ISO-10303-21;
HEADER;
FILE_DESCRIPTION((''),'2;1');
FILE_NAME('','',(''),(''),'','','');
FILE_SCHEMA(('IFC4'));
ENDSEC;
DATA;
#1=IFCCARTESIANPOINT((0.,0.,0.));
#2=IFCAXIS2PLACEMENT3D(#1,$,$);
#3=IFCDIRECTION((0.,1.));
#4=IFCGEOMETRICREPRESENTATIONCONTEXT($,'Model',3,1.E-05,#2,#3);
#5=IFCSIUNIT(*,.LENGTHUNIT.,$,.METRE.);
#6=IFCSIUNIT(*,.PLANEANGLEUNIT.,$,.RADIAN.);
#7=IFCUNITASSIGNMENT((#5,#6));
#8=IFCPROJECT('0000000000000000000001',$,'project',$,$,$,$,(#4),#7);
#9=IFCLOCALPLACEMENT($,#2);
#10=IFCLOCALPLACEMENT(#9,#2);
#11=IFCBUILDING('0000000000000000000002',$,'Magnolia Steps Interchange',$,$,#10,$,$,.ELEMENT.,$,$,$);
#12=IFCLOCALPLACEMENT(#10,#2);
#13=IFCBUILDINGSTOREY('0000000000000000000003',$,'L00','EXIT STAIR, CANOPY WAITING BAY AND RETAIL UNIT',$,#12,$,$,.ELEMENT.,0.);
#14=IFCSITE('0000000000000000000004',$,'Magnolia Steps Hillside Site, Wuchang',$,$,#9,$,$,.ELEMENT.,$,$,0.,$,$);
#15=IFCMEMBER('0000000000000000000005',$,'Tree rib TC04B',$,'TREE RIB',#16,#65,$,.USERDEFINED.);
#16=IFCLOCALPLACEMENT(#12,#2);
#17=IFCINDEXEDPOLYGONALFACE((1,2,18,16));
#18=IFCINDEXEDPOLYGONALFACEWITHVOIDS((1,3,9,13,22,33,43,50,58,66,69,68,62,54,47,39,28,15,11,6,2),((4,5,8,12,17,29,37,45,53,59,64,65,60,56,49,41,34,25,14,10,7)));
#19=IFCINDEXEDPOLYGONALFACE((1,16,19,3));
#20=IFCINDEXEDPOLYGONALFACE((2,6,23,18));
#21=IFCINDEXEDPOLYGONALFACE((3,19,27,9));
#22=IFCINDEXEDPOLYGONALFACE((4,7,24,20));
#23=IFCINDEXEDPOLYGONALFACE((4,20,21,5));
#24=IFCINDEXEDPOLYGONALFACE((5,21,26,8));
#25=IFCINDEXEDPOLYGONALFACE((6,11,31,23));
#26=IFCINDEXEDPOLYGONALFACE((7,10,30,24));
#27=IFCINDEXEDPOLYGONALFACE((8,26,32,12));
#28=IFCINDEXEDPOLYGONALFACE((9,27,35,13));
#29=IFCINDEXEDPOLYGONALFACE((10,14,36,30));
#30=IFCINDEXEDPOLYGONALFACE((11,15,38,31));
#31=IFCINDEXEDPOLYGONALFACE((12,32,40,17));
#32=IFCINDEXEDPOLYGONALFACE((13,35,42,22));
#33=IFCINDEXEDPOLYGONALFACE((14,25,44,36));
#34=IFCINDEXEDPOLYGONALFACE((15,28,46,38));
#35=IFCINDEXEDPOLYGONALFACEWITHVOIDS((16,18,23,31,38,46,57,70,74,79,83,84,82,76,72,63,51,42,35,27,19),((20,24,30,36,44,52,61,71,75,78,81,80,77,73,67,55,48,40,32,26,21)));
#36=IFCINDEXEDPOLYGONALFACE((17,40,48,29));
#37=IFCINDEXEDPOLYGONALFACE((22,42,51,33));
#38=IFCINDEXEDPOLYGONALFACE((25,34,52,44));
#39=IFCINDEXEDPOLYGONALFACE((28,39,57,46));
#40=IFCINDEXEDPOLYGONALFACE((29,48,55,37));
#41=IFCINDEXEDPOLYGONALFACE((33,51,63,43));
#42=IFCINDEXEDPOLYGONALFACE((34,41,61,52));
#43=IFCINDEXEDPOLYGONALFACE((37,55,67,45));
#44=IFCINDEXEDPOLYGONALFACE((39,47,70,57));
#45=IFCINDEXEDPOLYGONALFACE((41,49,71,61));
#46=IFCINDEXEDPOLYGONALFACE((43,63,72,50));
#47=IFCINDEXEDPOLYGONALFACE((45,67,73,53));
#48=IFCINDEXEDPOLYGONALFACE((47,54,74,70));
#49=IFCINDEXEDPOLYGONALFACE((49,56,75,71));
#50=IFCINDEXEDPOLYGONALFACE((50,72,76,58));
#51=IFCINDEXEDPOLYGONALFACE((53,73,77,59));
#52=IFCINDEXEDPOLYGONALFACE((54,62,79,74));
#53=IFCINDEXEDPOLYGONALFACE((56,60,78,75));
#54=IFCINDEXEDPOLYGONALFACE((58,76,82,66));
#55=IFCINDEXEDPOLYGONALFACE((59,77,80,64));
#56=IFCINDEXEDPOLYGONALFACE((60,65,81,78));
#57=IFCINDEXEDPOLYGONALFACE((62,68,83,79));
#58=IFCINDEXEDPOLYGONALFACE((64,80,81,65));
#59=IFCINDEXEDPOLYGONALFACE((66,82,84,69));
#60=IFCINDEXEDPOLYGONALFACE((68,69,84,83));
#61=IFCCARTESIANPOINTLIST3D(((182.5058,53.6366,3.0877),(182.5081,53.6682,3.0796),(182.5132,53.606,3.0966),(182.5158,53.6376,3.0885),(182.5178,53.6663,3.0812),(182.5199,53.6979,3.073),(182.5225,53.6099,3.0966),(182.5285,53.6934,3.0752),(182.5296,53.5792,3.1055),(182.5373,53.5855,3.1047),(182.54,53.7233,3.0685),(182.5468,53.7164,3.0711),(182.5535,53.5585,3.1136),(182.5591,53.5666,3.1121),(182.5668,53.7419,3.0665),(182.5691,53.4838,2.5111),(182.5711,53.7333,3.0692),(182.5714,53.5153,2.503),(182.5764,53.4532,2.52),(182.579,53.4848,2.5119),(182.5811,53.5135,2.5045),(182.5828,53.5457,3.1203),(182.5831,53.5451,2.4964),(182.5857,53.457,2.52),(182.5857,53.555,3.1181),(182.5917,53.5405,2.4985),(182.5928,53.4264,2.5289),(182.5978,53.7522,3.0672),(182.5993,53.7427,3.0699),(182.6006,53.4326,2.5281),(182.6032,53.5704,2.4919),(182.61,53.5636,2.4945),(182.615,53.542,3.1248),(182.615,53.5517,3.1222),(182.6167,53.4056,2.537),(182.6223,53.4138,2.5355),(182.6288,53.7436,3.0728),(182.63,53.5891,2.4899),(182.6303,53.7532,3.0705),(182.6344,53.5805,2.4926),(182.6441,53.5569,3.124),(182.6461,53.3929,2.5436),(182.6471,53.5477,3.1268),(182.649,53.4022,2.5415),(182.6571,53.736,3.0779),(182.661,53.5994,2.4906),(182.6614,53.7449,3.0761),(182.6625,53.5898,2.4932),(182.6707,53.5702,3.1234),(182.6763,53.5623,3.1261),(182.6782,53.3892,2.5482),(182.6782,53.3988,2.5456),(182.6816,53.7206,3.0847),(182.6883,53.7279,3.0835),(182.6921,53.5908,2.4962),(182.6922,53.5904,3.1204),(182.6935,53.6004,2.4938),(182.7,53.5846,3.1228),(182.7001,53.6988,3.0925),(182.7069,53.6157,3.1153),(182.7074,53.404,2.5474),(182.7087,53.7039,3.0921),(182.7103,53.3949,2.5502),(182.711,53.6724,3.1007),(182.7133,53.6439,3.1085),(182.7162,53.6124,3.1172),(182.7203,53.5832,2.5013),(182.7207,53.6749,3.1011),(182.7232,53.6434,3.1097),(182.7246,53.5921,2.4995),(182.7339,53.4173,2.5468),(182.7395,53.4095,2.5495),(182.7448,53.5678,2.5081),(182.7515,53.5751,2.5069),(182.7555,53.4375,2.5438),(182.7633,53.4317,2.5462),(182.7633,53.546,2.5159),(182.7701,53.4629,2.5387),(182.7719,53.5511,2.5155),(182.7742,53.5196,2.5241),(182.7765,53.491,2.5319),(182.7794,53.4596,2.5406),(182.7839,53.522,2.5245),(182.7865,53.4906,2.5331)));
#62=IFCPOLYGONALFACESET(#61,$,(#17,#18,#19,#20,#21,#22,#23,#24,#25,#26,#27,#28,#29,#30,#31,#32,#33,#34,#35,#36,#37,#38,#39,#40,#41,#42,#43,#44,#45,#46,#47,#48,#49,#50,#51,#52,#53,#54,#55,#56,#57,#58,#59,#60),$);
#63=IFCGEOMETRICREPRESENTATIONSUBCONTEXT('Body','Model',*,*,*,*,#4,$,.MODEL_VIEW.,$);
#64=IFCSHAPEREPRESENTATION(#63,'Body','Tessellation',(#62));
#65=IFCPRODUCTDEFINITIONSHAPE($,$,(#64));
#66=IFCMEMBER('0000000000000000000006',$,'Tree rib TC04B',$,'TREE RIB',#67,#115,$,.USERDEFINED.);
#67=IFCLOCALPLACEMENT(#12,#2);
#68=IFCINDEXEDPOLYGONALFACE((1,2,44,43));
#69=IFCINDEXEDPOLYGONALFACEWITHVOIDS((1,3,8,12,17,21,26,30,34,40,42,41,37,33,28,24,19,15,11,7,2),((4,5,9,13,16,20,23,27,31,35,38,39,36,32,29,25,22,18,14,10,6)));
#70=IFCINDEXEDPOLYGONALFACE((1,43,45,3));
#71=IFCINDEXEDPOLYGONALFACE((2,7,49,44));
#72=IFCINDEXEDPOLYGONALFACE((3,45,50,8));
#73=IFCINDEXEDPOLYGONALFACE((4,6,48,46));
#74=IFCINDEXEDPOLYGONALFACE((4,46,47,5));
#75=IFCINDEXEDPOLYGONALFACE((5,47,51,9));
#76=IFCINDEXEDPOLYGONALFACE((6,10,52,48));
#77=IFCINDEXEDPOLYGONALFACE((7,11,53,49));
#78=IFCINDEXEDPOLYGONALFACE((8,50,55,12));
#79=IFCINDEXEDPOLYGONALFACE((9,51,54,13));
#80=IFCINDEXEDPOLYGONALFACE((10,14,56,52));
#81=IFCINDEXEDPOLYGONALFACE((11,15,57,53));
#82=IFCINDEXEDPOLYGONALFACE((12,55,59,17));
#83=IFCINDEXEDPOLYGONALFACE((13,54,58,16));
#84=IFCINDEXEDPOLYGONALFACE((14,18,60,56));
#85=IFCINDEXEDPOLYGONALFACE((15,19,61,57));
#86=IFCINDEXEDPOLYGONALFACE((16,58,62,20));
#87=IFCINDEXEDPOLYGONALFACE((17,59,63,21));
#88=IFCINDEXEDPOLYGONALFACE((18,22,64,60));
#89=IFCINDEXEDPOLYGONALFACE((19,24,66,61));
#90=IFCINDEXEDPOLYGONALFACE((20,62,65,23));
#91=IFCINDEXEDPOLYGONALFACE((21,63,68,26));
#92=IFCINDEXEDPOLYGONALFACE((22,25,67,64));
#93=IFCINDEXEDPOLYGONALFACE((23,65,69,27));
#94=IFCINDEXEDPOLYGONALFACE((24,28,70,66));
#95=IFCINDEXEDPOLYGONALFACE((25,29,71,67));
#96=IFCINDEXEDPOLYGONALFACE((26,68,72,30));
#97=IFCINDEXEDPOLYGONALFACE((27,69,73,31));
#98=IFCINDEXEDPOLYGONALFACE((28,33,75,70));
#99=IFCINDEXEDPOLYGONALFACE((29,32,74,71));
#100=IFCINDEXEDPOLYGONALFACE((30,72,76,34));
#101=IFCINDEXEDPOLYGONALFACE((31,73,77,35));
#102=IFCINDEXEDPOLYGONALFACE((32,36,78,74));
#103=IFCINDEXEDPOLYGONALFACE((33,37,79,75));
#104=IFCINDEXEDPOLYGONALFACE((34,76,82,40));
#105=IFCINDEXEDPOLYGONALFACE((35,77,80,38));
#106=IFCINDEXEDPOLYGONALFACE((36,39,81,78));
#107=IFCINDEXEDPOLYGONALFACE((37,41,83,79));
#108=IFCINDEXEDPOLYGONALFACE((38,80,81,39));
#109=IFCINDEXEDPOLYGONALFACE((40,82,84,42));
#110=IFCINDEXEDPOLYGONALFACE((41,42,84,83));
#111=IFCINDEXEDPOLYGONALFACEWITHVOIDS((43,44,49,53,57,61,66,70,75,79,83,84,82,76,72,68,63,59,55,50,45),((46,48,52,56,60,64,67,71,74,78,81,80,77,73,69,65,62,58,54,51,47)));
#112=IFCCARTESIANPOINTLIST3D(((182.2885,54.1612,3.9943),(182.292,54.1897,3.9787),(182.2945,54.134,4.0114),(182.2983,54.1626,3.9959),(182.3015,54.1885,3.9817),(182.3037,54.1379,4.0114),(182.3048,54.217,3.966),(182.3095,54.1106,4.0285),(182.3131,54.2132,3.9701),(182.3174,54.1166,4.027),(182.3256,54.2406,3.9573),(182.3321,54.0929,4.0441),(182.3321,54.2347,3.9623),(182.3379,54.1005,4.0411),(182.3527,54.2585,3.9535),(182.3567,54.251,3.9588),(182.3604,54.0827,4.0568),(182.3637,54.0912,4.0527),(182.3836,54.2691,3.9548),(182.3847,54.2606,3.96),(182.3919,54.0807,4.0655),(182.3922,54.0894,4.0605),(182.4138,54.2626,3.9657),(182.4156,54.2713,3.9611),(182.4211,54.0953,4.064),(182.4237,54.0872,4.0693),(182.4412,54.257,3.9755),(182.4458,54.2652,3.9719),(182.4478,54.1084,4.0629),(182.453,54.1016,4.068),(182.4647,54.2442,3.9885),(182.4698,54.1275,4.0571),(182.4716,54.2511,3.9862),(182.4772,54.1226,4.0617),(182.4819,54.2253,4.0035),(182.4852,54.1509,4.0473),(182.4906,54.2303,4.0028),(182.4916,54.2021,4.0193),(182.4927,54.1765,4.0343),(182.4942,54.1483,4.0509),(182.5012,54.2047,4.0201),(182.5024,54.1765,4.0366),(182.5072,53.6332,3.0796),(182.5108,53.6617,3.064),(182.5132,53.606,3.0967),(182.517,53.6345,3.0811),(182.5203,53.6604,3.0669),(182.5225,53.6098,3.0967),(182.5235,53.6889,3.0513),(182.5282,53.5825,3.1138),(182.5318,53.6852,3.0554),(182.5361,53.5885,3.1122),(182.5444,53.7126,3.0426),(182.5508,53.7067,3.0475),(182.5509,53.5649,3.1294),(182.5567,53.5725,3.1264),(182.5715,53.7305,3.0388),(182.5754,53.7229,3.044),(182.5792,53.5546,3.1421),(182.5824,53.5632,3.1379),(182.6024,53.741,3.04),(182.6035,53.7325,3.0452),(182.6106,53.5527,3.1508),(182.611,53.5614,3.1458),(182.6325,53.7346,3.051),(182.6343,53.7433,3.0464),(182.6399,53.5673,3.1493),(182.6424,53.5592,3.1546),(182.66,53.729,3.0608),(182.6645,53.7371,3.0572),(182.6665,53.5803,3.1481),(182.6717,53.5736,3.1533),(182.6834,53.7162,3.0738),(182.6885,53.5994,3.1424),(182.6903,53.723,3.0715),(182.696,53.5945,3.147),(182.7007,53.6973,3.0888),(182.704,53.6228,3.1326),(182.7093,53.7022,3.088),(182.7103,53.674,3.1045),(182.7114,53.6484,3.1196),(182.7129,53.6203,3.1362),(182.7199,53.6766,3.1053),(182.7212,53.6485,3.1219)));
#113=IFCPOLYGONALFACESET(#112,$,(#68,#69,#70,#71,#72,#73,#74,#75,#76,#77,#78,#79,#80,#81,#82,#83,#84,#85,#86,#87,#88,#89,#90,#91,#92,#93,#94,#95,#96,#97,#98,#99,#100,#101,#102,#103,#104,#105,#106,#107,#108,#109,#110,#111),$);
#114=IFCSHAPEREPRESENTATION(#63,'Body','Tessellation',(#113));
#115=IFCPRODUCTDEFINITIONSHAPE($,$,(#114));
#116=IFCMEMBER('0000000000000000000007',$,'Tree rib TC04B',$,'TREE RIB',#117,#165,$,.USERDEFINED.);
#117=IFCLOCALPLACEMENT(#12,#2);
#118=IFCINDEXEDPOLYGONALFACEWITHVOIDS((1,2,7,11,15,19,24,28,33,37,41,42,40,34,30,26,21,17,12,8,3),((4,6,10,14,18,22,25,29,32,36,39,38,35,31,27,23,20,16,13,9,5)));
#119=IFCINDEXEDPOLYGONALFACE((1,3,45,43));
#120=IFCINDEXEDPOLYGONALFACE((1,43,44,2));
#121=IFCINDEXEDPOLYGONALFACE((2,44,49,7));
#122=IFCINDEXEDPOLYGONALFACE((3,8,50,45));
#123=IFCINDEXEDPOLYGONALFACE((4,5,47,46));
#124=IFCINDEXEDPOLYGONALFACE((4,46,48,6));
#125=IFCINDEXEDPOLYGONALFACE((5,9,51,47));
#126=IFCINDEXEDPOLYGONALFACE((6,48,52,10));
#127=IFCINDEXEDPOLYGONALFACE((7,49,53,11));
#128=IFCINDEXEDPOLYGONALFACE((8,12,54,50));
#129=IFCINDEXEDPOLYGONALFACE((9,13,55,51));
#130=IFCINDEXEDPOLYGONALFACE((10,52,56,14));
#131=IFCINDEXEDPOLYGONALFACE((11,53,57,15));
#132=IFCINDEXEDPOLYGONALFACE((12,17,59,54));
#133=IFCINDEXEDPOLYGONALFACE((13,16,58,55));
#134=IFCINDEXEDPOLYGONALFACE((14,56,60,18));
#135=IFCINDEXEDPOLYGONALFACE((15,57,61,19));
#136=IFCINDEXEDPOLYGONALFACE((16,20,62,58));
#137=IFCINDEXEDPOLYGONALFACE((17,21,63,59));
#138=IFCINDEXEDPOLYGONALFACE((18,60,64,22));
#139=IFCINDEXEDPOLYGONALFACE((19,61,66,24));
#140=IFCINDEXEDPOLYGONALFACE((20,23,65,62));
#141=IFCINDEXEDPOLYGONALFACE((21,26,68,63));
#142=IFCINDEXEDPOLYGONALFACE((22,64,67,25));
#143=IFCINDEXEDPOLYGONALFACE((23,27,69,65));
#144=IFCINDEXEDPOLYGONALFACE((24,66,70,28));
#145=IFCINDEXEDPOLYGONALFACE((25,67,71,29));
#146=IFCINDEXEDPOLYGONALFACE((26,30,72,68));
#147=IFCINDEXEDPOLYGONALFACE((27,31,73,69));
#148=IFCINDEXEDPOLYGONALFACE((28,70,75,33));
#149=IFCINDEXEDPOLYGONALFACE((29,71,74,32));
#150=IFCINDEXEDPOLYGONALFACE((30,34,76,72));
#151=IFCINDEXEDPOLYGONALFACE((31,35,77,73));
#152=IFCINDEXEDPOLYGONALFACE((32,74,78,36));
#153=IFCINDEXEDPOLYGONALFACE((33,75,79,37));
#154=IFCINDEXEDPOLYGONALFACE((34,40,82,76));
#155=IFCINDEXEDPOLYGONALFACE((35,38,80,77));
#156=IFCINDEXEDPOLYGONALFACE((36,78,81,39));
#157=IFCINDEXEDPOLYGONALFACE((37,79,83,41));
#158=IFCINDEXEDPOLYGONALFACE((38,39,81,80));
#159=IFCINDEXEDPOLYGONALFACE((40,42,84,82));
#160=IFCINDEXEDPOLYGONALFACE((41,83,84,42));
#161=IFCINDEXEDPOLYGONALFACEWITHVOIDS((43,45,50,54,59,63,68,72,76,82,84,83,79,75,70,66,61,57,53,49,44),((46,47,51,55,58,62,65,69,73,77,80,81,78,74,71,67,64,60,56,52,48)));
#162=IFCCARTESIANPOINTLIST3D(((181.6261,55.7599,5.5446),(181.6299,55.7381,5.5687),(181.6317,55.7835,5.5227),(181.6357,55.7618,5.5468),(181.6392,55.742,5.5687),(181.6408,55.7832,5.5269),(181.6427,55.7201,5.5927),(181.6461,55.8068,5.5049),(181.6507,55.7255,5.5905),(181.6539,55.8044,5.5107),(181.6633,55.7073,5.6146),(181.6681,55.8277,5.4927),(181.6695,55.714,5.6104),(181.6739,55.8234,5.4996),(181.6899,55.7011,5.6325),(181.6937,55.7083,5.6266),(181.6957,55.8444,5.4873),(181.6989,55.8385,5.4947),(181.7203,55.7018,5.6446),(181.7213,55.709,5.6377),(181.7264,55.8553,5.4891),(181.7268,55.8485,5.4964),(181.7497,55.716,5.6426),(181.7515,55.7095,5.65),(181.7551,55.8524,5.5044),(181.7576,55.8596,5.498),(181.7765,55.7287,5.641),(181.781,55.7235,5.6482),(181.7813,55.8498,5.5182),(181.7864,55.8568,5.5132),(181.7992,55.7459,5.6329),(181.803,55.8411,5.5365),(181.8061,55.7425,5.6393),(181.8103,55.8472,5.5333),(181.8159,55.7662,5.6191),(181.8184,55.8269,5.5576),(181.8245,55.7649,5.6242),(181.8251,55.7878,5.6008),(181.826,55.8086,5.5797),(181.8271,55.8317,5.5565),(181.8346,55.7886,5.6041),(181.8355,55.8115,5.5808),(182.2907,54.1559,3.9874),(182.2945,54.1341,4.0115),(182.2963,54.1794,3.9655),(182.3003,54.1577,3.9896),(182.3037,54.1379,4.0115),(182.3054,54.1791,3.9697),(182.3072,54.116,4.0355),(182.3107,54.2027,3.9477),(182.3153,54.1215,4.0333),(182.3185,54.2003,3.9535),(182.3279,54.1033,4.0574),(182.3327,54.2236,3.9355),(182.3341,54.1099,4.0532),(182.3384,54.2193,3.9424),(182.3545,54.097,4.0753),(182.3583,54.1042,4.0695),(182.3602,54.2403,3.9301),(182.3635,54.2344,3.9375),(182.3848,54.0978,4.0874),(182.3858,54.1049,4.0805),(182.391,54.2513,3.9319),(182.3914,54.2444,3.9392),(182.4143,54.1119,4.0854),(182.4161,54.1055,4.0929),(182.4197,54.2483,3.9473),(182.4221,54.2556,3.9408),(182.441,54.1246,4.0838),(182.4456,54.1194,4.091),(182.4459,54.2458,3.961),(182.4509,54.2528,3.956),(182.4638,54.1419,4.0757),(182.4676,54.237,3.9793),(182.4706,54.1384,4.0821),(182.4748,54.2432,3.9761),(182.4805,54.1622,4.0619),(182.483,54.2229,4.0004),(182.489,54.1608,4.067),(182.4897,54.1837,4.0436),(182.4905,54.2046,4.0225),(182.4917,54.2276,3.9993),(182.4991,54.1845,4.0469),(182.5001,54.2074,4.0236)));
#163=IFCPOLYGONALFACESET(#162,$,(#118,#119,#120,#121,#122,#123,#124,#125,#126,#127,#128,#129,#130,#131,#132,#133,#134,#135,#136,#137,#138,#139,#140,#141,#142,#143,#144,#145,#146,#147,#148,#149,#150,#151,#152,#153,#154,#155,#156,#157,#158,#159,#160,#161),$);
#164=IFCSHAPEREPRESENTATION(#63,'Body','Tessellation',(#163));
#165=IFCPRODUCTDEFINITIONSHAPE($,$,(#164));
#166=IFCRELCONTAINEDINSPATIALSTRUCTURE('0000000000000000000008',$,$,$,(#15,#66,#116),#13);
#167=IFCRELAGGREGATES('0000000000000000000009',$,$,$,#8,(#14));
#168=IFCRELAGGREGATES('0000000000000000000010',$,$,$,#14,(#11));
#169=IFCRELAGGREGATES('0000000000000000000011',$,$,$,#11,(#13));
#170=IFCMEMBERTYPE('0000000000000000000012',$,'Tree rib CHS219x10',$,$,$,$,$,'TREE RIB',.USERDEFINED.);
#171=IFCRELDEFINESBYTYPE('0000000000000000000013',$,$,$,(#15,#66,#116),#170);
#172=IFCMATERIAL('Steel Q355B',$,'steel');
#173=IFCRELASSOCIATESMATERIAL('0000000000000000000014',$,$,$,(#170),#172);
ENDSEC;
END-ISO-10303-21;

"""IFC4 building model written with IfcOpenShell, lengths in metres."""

from ifc_helpers import new_model, si_unit, direction, frame, origin, origin_2d, place, context, subcontext, project, spatial, hollow_circle, extrude, material, material_profile, profile_set, type_object, element, save


model = new_model("IFC4")

# Units and contexts
model_context = context("Model", 3, precision=1e-05, world=origin(), true_north=direction((0.0, 1.0)))
body_context = subcontext(model_context, "Body", "Model", "MODEL_VIEW")
ifc_project = project(units=[si_unit("LENGTHUNIT", "METRE"), si_unit("PLANEANGLEUNIT", "RADIAN")], contexts=[model_context])

# Site, building, storey
site_placement = place(None, origin())
site = spatial("IfcSite", under=ifc_project, at=site_placement, Name="Magnolia Steps Hillside Site, Wuchang", CompositionType="ELEMENT", RefElevation=0.0)
building_placement = place(site_placement, origin())
building = spatial("IfcBuilding", under=site, at=building_placement, Name="Magnolia Steps Interchange", CompositionType="ELEMENT")
storey_placement = place(building_placement, origin())
storey = spatial("IfcBuildingStorey", under=building, at=storey_placement, Name="L00", Description="EXIT STAIR, CANOPY WAITING BAY AND RETAIL UNIT", CompositionType="ELEMENT", Elevation=0.0)

# Members
ifc_material_1 = material(Name="Steel Q355B", Category="steel")
ifc_material_profile_1 = material_profile(ifc_material_1, hollow_circle(Radius=0.1096, WallThickness=0.01, at=origin_2d()), Name="CHS219x10")
ifc_profile_set_1 = profile_set([ifc_material_profile_1], Name="Steel Q355B")
member_type = type_object("IfcMemberType", Name="Tree rib CHS219x10", ElementType="TREE RIB", PredefinedType="USERDEFINED", material=ifc_profile_set_1)
member_1_placement = place(storey_placement, frame((182.6777, 53.4951, 2.52), z_axis=(-0.105403, 0.254758, 0.961243), x_axis=(-0.924035, -0.382308, 0.0)))
element("IfcMember", 1, at=member_1_placement, inside=storey, type_object=member_type, Name="Tree rib TC04B", ObjectType="TREE RIB", PredefinedType="USERDEFINED", context=body_context, shape_type="SweptSolid", body=[
    extrude(hollow_circle(Radius=0.1096, WallThickness=0.01, at=origin_2d()), origin(), (0.0, 0.0, 1.0), 0.5999),
])
member_2_placement = place(storey_placement, frame((182.6145, 53.6479, 3.0967), z_axis=(-0.202793, 0.489555, 0.848063), x_axis=(-0.923871, -0.382704, 0.0)))
element("IfcMember", 2, at=member_2_placement, inside=storey, type_object=member_type, Name="Tree rib TC04B", ObjectType="TREE RIB", PredefinedType="USERDEFINED", context=body_context, shape_type="SweptSolid", body=[
    extrude(hollow_circle(Radius=0.1096, WallThickness=0.01, at=origin_2d()), origin(), (0.0, 0.0, 1.0), 1.0786),
])
member_3_placement = place(storey_placement, frame((182.3958, 54.176, 4.0115), z_axis=(-0.284947, 0.687767, 0.667668), x_axis=(-0.923849, -0.382757, 0.0)))
element("IfcMember", 3, at=member_3_placement, inside=storey, type_object=member_type, Name="Tree rib TC04B", ObjectType="TREE RIB", PredefinedType="USERDEFINED", context=body_context, shape_type="SweptSolid", body=[
    extrude(hollow_circle(Radius=0.1096, WallThickness=0.01, at=origin_2d()), origin(), (0.0, 0.0, 1.0), 2.3323),
])

save(model, "model.ifc")
